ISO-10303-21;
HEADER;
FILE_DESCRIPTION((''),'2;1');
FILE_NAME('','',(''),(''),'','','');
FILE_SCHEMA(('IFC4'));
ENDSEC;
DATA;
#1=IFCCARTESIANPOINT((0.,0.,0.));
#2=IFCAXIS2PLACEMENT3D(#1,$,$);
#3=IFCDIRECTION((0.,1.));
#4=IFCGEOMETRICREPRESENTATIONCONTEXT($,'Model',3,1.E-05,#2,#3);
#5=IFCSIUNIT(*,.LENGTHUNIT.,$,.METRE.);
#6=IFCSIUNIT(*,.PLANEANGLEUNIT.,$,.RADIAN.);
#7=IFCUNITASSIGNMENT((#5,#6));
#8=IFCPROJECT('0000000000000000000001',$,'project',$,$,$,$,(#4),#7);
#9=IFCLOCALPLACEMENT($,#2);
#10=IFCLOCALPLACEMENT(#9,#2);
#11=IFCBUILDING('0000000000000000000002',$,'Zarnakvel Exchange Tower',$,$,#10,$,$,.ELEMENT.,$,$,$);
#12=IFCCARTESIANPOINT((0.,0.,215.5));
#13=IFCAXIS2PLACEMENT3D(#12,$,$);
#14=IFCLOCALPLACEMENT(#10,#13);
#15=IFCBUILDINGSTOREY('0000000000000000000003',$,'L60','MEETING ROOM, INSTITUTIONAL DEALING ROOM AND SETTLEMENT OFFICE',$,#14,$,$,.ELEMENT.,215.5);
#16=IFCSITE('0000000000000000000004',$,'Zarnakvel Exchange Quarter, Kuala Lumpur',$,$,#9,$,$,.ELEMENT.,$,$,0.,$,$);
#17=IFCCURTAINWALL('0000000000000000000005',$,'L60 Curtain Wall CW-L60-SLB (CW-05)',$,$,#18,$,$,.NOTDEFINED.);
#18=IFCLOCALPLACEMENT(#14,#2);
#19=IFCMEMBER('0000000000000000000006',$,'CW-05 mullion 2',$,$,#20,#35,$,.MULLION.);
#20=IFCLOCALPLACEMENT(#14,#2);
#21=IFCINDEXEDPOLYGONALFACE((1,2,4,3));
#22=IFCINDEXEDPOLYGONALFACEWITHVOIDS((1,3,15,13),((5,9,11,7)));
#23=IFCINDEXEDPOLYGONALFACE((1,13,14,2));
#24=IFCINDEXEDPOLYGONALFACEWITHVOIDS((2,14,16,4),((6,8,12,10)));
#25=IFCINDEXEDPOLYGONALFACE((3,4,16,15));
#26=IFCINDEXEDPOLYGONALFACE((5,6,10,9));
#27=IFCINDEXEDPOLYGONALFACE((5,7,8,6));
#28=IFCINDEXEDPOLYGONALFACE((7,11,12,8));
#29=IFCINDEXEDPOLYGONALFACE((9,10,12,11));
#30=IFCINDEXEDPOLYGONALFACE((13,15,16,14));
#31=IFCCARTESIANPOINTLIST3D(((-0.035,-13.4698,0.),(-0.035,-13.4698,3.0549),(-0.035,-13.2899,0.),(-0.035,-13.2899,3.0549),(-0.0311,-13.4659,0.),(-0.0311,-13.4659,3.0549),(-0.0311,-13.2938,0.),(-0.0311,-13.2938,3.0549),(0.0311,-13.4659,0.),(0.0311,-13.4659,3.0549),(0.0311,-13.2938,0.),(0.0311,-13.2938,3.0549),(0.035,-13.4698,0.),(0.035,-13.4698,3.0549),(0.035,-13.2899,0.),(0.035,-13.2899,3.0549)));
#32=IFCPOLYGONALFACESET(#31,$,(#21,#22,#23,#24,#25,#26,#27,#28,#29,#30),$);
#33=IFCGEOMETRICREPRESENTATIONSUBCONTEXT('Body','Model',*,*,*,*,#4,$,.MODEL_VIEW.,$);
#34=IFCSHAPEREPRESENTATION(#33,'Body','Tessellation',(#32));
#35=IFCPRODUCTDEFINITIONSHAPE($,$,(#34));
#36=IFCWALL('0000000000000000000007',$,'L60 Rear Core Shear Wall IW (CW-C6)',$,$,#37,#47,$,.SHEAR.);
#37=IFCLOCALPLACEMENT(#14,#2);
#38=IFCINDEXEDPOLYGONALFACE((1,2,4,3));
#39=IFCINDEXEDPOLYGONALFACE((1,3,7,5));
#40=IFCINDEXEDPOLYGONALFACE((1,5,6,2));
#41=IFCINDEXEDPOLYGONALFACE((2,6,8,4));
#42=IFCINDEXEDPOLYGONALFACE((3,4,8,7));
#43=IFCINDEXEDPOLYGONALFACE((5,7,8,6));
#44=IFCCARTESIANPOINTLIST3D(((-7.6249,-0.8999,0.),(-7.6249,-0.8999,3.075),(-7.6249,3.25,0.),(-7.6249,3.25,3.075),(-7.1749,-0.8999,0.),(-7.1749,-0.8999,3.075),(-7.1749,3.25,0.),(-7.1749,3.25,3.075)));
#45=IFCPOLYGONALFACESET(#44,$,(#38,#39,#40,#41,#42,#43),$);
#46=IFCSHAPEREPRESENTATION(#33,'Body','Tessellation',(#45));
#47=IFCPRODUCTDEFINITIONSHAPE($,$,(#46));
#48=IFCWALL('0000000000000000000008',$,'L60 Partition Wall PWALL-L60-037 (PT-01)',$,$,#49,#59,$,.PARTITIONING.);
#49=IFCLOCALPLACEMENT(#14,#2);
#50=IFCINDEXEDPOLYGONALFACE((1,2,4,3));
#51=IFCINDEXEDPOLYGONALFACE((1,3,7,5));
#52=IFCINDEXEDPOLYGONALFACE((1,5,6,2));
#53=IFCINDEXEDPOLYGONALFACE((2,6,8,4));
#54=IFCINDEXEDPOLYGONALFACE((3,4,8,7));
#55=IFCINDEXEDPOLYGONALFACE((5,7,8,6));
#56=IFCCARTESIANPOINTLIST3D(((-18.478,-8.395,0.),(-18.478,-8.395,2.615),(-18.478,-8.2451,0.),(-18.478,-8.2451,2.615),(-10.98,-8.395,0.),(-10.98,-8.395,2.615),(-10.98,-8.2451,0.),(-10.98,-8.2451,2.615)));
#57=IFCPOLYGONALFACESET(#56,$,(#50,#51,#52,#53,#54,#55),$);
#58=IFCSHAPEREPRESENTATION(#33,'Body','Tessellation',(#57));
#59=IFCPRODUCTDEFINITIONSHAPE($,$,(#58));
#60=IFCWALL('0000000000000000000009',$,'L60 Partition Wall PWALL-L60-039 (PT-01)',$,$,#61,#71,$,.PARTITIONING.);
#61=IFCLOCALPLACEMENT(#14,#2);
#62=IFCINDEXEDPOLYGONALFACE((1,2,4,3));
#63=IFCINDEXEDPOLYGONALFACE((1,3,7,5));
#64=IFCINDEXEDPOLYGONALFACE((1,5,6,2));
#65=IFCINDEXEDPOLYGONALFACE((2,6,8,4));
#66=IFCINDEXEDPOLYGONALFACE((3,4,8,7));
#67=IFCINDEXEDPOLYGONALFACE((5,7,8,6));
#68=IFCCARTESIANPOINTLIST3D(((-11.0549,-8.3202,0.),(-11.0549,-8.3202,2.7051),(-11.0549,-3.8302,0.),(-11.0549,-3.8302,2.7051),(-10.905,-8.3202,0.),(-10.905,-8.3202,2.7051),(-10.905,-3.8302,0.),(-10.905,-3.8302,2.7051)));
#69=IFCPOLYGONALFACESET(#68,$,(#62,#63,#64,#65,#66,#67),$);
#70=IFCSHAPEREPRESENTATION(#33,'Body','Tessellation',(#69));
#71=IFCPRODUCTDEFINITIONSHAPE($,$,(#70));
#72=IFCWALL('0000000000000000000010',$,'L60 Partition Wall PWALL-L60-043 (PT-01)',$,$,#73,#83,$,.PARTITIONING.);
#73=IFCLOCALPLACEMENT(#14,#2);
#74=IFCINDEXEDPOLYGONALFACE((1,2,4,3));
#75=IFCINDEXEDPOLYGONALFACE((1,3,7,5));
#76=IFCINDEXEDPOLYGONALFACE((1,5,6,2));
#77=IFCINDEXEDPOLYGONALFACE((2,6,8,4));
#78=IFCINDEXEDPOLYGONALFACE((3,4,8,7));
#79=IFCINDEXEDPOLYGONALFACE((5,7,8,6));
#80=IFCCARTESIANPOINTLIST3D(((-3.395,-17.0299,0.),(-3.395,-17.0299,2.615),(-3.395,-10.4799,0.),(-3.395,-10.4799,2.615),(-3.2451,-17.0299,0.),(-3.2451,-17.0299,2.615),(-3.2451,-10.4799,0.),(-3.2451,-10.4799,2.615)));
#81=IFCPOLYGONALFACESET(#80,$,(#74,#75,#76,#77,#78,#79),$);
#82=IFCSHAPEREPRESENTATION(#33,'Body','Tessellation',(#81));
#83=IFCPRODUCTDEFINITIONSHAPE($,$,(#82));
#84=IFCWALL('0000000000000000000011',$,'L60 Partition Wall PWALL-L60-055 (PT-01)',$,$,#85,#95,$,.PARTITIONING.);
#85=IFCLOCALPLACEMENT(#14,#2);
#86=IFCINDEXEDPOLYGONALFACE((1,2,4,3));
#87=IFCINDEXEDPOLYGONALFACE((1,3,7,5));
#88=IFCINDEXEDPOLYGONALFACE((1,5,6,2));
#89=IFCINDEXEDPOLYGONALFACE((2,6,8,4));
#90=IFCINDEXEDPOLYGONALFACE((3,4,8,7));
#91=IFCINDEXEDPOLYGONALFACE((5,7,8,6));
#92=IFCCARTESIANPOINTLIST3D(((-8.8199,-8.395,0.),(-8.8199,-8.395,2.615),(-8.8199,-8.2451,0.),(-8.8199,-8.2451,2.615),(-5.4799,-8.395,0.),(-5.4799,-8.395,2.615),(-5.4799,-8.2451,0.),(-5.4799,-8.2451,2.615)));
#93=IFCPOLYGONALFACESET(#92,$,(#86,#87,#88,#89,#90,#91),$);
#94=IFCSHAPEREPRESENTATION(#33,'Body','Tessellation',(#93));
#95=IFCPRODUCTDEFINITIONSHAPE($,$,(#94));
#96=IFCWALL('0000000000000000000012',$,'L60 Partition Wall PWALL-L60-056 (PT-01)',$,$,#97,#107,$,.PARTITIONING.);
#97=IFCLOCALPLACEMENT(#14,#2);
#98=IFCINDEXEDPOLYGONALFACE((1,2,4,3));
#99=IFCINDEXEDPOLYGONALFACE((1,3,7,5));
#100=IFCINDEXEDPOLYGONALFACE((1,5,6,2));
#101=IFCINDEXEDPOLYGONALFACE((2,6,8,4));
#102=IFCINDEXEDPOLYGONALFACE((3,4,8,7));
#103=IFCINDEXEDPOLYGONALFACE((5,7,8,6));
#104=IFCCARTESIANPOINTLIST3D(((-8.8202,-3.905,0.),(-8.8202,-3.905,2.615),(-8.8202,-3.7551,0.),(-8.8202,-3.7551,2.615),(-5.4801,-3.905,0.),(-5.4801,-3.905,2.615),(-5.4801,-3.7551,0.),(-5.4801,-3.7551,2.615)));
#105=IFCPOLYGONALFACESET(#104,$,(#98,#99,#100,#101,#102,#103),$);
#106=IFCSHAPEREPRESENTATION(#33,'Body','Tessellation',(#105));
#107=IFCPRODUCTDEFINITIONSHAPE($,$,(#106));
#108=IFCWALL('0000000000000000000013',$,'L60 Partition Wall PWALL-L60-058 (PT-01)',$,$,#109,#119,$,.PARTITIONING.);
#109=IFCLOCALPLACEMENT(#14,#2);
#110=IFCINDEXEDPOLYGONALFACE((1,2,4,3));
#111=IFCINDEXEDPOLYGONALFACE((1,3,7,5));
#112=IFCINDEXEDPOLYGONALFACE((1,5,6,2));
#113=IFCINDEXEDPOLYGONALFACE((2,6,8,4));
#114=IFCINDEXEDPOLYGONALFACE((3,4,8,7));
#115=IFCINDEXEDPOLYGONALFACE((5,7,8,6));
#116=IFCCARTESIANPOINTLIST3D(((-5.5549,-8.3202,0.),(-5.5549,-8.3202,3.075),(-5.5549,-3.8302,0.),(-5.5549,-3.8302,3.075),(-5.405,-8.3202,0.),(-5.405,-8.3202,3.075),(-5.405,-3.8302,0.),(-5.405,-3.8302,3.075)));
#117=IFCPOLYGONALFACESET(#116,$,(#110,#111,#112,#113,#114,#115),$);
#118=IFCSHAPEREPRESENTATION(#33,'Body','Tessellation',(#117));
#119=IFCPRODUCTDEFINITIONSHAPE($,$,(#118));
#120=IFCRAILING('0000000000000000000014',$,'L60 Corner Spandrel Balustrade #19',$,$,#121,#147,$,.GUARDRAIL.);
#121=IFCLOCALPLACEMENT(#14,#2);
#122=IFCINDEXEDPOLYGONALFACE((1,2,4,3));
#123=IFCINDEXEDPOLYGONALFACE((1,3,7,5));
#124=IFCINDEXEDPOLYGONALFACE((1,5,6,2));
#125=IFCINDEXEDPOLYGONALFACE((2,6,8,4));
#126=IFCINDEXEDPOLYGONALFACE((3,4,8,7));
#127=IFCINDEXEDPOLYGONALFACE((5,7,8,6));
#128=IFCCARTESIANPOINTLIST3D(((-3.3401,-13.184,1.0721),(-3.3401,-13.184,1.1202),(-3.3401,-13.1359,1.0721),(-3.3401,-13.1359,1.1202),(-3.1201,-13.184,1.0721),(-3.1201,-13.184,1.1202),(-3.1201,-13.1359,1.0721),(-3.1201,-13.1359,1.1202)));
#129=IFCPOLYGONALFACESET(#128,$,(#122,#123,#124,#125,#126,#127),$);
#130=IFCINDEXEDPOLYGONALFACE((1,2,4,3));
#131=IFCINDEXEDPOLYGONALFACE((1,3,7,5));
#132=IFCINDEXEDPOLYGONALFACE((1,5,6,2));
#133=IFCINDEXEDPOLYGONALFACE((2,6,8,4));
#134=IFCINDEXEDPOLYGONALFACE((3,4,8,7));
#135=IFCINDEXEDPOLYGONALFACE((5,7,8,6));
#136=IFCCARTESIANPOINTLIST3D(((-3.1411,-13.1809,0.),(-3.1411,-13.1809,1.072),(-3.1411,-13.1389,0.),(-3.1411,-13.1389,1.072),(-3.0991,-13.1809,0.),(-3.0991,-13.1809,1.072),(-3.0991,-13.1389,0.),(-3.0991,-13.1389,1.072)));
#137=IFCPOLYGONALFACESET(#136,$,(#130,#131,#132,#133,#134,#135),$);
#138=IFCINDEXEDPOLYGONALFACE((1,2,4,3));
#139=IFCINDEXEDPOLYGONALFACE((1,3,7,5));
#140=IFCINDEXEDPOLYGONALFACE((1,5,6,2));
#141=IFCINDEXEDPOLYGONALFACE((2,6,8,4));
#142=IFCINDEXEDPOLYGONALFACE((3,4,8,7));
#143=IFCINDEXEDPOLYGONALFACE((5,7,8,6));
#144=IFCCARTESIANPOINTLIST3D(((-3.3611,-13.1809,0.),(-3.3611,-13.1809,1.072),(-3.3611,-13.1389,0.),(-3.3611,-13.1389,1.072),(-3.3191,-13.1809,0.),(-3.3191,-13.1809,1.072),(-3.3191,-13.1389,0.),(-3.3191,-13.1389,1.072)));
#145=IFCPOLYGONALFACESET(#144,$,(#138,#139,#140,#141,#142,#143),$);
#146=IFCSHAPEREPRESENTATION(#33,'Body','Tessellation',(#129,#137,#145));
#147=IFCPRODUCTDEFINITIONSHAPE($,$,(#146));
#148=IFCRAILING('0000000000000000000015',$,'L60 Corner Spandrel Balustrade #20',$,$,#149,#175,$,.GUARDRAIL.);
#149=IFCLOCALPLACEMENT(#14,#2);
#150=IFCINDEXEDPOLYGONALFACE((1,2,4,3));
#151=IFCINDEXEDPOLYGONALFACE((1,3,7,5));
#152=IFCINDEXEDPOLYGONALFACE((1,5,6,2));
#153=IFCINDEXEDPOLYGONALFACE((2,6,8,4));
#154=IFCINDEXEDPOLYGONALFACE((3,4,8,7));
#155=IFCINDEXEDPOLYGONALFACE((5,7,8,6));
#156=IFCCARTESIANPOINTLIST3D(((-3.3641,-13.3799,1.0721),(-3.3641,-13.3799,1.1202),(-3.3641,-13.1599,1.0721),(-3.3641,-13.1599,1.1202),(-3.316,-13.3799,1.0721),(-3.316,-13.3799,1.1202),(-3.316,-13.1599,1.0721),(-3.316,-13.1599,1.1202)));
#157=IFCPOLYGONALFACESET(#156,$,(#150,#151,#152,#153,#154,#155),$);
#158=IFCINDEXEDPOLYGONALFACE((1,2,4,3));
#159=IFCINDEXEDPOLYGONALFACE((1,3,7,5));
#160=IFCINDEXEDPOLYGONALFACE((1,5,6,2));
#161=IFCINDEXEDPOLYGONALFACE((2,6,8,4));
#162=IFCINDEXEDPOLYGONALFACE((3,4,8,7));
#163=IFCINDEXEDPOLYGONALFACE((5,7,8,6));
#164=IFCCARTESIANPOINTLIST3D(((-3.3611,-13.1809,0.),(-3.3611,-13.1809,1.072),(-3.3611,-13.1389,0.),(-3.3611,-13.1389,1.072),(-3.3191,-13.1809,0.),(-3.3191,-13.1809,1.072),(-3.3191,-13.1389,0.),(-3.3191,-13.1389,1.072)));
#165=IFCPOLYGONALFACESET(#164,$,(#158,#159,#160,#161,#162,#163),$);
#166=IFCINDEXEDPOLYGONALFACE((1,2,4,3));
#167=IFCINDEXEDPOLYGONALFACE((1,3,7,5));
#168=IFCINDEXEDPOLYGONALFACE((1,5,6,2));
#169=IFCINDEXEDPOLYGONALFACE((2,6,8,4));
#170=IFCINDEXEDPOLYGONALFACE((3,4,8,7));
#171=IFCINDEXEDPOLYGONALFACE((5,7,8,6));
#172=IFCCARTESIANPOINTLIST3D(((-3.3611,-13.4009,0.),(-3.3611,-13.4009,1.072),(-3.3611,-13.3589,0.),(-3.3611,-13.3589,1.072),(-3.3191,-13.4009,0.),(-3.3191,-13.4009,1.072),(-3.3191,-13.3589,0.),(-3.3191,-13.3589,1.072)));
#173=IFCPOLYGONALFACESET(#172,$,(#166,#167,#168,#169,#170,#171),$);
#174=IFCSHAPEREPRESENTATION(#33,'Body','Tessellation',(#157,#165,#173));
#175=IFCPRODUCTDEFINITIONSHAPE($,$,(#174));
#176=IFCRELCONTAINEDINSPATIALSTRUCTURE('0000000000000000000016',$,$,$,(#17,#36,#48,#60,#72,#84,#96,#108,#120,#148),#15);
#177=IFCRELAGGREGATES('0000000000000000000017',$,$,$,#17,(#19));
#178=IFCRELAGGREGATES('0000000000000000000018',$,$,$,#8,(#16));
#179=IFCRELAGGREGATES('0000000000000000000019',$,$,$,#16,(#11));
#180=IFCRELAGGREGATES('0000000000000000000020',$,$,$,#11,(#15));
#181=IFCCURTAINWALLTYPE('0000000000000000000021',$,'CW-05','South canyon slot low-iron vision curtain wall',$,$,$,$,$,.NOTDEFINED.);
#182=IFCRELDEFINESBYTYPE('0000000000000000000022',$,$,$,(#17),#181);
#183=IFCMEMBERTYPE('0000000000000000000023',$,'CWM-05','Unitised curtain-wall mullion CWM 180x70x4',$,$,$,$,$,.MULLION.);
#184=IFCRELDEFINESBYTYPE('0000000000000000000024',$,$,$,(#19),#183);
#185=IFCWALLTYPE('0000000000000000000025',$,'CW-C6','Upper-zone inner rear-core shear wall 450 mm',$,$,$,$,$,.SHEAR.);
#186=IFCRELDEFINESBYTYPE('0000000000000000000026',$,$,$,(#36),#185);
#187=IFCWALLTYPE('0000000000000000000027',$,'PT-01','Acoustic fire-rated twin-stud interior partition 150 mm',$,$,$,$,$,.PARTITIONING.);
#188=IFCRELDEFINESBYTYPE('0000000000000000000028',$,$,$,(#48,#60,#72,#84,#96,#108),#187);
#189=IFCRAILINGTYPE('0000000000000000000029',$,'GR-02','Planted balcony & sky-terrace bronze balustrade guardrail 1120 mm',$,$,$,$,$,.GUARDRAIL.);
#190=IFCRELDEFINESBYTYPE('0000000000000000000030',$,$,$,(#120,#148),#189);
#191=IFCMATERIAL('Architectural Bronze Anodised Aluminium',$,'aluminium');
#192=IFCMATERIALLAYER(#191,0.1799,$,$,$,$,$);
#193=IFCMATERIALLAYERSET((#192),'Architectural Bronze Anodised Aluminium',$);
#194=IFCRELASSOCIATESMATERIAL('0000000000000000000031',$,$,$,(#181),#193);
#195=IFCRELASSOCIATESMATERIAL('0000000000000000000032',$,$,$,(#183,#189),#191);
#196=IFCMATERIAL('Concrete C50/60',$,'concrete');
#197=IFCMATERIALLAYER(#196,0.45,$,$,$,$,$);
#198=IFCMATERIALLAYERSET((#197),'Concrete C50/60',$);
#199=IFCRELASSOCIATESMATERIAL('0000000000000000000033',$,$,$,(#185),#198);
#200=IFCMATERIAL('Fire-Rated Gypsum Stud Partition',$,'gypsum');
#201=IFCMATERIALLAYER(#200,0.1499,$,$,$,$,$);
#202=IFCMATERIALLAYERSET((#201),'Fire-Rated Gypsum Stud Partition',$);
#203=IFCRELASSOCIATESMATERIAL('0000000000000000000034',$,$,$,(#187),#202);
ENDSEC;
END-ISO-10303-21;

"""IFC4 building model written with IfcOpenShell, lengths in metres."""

from ifc_helpers import new_model, si_unit, direction, frame, frame_2d, origin, origin_2d, place, context, subcontext, project, spatial, rectangle, hollow_rectangle, extrude, source, transform, mapped, material, layer, layer_set, material_profile, profile_set, type_object, element, aggregate, save


model = new_model("IFC4")

# Units and contexts
model_context = context("Model", 3, precision=1e-05, world=origin(), true_north=direction((0.0, 1.0)))
body_context = subcontext(model_context, "Body", "Model", "MODEL_VIEW")
ifc_project = project(units=[si_unit("LENGTHUNIT", "METRE"), si_unit("PLANEANGLEUNIT", "RADIAN")], contexts=[model_context])

# Site, building, storey
site_placement = place(None, origin())
site = spatial("IfcSite", under=ifc_project, at=site_placement, Name="Zarnakvel Exchange Quarter, Kuala Lumpur", CompositionType="ELEMENT", RefElevation=0.0)
building_placement = place(site_placement, origin())
building = spatial("IfcBuilding", under=site, at=building_placement, Name="Zarnakvel Exchange Tower", CompositionType="ELEMENT")
storey_placement = place(building_placement, frame((0.0, 0.0, 215.5)))
storey = spatial("IfcBuildingStorey", under=building, at=storey_placement, Name="L60", Description="MEETING ROOM, INSTITUTIONAL DEALING ROOM AND SETTLEMENT OFFICE", CompositionType="ELEMENT", Elevation=215.5)

# Shared definitions
ifc_material_1 = material(Name="Concrete C50/60", Category="concrete")

# Curtain wall, member
ifc_material_2 = material(Name="Architectural Bronze Anodised Aluminium", Category="aluminium")
ifc_layer_1 = layer(ifc_material_2, 0.1799)
ifc_layer_set_1 = layer_set([ifc_layer_1], Name="Architectural Bronze Anodised Aluminium")
curtain_wall_type = type_object("IfcCurtainWallType", Name="CW-05", Description="South canyon slot low-iron vision curtain wall", PredefinedType="NOTDEFINED", material=ifc_layer_set_1)
curtain_wall_placement = place(storey_placement, origin())
curtain_wall = element("IfcCurtainWall", 1, at=curtain_wall_placement, inside=storey, type_object=curtain_wall_type, Name="L60 Curtain Wall CW-L60-SLB (CW-05)", PredefinedType="NOTDEFINED")
ifc_material_profile_1 = material_profile(ifc_material_2, hollow_rectangle(XDim=0.1799, YDim=0.0701, WallThickness=0.0039, at=origin_2d()))
ifc_profile_set_1 = profile_set([ifc_material_profile_1], Name="Architectural Bronze Anodised Aluminium")
member_type = type_object("IfcMemberType", Name="CWM-05", Description="Unitised curtain-wall mullion CWM 180x70x4", PredefinedType="MULLION", material=ifc_profile_set_1)
shared_shape_1 = source(origin(), body_context, "Body", "SweptSolid", [
    extrude(hollow_rectangle(XDim=0.1799, YDim=0.0701, WallThickness=0.0039, at=origin_2d()), origin(), (0.0, 0.0, 1.0), 3.0549),
])
member_placement = place(storey_placement, frame((0.0, -13.3799, 0.0), z_axis=(0.0, 0.0, 1.0), x_axis=(0.0, 1.0, 0.0)))
member = element("IfcMember", 2, at=member_placement, type_object=member_type, Name="CW-05 mullion 2", PredefinedType="MULLION", context=body_context, shape_type="MappedRepresentation", body=[
    mapped(shared_shape_1, transform((0.0, 0.0, 0.0), x_axis=(1.0, 0.0, 0.0), y_axis=(0.0, 1.0, 0.0), z_axis=(0.0, 0.0, 1.0), scale=1.0)),
])
aggregate(curtain_wall, [member])

# Walls
ifc_layer_2 = layer(ifc_material_1, 0.45)
ifc_layer_set_2 = layer_set([ifc_layer_2], Name="Concrete C50/60")
wall_type_1 = type_object("IfcWallType", Name="CW-C6", Description="Upper-zone inner rear-core shear wall 450 mm", PredefinedType="SHEAR", material=ifc_layer_set_2)
wall_1_placement = place(storey_placement, frame((-7.3999, -0.8999, 0.0), z_axis=(0.0, 0.0, 1.0), x_axis=(0.0, 1.0, 0.0)))
element("IfcWall", 3, at=wall_1_placement, inside=storey, type_object=wall_type_1, Name="L60 Rear Core Shear Wall IW (CW-C6)", PredefinedType="SHEAR", context=body_context, shape_type="SweptSolid", body=[
    extrude(rectangle(XDim=4.1499, YDim=0.45, at=frame_2d((2.075, 0.0))), origin(), (0.0, 0.0, 1.0), 3.075),
])
ifc_material_3 = material(Name="Fire-Rated Gypsum Stud Partition", Category="gypsum")
ifc_layer_3 = layer(ifc_material_3, 0.1499)
ifc_layer_set_3 = layer_set([ifc_layer_3], Name="Fire-Rated Gypsum Stud Partition")
wall_type_2 = type_object("IfcWallType", Name="PT-01", Description="Acoustic fire-rated twin-stud interior partition 150 mm", PredefinedType="PARTITIONING", material=ifc_layer_set_3)
wall_2_placement = place(storey_placement, frame((-10.98, -8.3201, 0.0), z_axis=(0.0, 0.0, 1.0), x_axis=(-1.0, 0.0, 0.0)))
element("IfcWall", 4, at=wall_2_placement, inside=storey, type_object=wall_type_2, Name="L60 Partition Wall PWALL-L60-037 (PT-01)", PredefinedType="PARTITIONING", context=body_context, shape_type="SweptSolid", body=[
    extrude(rectangle(XDim=7.498, YDim=0.1499, at=frame_2d((3.749, 0.0))), origin(), (0.0, 0.0, 1.0), 2.615),
])
wall_3_placement = place(storey_placement, frame((-10.98, -3.8301, 0.0), z_axis=(0.0, 0.0, 1.0), x_axis=(0.0, -1.0, 0.0)))
element("IfcWall", 5, at=wall_3_placement, inside=storey, type_object=wall_type_2, Name="L60 Partition Wall PWALL-L60-039 (PT-01)", PredefinedType="PARTITIONING", context=body_context, shape_type="SweptSolid", body=[
    extrude(rectangle(XDim=4.49, YDim=0.1499, at=frame_2d((2.2451, 0.0))), origin(), (0.0, 0.0, 1.0), 2.7051),
])
wall_4_placement = place(storey_placement, frame((-3.3201, -10.48, 0.0), z_axis=(0.0, 0.0, 1.0), x_axis=(0.0, -1.0, 0.0)))
element("IfcWall", 6, at=wall_4_placement, inside=storey, type_object=wall_type_2, Name="L60 Partition Wall PWALL-L60-043 (PT-01)", PredefinedType="PARTITIONING", context=body_context, shape_type="SweptSolid", body=[
    extrude(rectangle(XDim=6.55, YDim=0.1499, at=frame_2d((3.2749, 0.0))), origin(), (0.0, 0.0, 1.0), 2.615),
])
for number, where, z_axis, x_axis, name in (
    (7, (-5.48, -8.3201, 0.0), (0.0, 0.0, 1.0), (-1.0, 0.0, 0.0), "L60 Partition Wall PWALL-L60-055 (PT-01)"),
    (8, (-8.8201, -3.8301, 0.0), (0.0, 0.0, 1.0), (1.0, 0.0, 0.0), "L60 Partition Wall PWALL-L60-056 (PT-01)"),
):
    element("IfcWall", number, at=place(storey_placement, frame(where, z_axis=z_axis, x_axis=x_axis)), inside=storey, type_object=wall_type_2, Name=name, PredefinedType="PARTITIONING", context=body_context, shape_type="SweptSolid", body=[
        extrude(rectangle(XDim=3.3401, YDim=0.1499, at=frame_2d((1.6699, 0.0))), origin(), (0.0, 0.0, 1.0), 2.615),
    ])

# Wall
wall_5_placement = place(storey_placement, frame((-5.48, -3.8301, 0.0), z_axis=(0.0, 0.0, 1.0), x_axis=(0.0, -1.0, 0.0)))
element("IfcWall", 9, at=wall_5_placement, inside=storey, type_object=wall_type_2, Name="L60 Partition Wall PWALL-L60-058 (PT-01)", PredefinedType="PARTITIONING", context=body_context, shape_type="SweptSolid", body=[
    extrude(rectangle(XDim=4.49, YDim=0.1499, at=frame_2d((2.2451, 0.0))), origin(), (0.0, 0.0, 1.0), 3.075),
])

# Railings
railing_type_1 = type_object("IfcRailingType", Name="GR-02", Description="Planted balcony & sky-terrace bronze balustrade guardrail 1120 mm", PredefinedType="GUARDRAIL", material=ifc_material_2)
railing_1_placement = place(storey_placement, frame((-3.1201, -13.1599, 0.0)))
element("IfcRailing", 10, at=railing_1_placement, inside=storey, type_object=railing_type_1, Name="L60 Corner Spandrel Balustrade #19", PredefinedType="GUARDRAIL", context=body_context, shape_type="SweptSolid", body=[
    extrude(rectangle(XDim=0.0481, YDim=0.0481, at=origin_2d()), frame((0.0, 0.0, 1.0962), z_axis=(-1.0, 0.0, 0.0), x_axis=(0.0, -1.0, 0.0)), (0.0, 0.0, 1.0), 0.22),
    extrude(rectangle(XDim=0.042, YDim=0.042, at=origin_2d()), origin(), (0.0, 0.0, 1.0), 1.072),
    extrude(rectangle(XDim=0.042, YDim=0.042, at=origin_2d()), frame((-0.22, 0.0, 0.0)), (0.0, 0.0, 1.0), 1.072),
])
railing_2_placement = place(storey_placement, frame((-3.3401, -13.1599, 0.0)))
element("IfcRailing", 11, at=railing_2_placement, inside=storey, type_object=railing_type_1, Name="L60 Corner Spandrel Balustrade #20", PredefinedType="GUARDRAIL", context=body_context, shape_type="SweptSolid", body=[
    extrude(rectangle(XDim=0.0481, YDim=0.0481, at=origin_2d()), frame((0.0, 0.0, 1.0962), z_axis=(0.0, -1.0, 0.0), x_axis=(1.0, 0.0, 0.0)), (0.0, 0.0, 1.0), 0.22),
    extrude(rectangle(XDim=0.042, YDim=0.042, at=origin_2d()), origin(), (0.0, 0.0, 1.0), 1.072),
    extrude(rectangle(XDim=0.042, YDim=0.042, at=origin_2d()), frame((0.0, -0.22, 0.0)), (0.0, 0.0, 1.0), 1.072),
])

save(model, "model.ifc")
